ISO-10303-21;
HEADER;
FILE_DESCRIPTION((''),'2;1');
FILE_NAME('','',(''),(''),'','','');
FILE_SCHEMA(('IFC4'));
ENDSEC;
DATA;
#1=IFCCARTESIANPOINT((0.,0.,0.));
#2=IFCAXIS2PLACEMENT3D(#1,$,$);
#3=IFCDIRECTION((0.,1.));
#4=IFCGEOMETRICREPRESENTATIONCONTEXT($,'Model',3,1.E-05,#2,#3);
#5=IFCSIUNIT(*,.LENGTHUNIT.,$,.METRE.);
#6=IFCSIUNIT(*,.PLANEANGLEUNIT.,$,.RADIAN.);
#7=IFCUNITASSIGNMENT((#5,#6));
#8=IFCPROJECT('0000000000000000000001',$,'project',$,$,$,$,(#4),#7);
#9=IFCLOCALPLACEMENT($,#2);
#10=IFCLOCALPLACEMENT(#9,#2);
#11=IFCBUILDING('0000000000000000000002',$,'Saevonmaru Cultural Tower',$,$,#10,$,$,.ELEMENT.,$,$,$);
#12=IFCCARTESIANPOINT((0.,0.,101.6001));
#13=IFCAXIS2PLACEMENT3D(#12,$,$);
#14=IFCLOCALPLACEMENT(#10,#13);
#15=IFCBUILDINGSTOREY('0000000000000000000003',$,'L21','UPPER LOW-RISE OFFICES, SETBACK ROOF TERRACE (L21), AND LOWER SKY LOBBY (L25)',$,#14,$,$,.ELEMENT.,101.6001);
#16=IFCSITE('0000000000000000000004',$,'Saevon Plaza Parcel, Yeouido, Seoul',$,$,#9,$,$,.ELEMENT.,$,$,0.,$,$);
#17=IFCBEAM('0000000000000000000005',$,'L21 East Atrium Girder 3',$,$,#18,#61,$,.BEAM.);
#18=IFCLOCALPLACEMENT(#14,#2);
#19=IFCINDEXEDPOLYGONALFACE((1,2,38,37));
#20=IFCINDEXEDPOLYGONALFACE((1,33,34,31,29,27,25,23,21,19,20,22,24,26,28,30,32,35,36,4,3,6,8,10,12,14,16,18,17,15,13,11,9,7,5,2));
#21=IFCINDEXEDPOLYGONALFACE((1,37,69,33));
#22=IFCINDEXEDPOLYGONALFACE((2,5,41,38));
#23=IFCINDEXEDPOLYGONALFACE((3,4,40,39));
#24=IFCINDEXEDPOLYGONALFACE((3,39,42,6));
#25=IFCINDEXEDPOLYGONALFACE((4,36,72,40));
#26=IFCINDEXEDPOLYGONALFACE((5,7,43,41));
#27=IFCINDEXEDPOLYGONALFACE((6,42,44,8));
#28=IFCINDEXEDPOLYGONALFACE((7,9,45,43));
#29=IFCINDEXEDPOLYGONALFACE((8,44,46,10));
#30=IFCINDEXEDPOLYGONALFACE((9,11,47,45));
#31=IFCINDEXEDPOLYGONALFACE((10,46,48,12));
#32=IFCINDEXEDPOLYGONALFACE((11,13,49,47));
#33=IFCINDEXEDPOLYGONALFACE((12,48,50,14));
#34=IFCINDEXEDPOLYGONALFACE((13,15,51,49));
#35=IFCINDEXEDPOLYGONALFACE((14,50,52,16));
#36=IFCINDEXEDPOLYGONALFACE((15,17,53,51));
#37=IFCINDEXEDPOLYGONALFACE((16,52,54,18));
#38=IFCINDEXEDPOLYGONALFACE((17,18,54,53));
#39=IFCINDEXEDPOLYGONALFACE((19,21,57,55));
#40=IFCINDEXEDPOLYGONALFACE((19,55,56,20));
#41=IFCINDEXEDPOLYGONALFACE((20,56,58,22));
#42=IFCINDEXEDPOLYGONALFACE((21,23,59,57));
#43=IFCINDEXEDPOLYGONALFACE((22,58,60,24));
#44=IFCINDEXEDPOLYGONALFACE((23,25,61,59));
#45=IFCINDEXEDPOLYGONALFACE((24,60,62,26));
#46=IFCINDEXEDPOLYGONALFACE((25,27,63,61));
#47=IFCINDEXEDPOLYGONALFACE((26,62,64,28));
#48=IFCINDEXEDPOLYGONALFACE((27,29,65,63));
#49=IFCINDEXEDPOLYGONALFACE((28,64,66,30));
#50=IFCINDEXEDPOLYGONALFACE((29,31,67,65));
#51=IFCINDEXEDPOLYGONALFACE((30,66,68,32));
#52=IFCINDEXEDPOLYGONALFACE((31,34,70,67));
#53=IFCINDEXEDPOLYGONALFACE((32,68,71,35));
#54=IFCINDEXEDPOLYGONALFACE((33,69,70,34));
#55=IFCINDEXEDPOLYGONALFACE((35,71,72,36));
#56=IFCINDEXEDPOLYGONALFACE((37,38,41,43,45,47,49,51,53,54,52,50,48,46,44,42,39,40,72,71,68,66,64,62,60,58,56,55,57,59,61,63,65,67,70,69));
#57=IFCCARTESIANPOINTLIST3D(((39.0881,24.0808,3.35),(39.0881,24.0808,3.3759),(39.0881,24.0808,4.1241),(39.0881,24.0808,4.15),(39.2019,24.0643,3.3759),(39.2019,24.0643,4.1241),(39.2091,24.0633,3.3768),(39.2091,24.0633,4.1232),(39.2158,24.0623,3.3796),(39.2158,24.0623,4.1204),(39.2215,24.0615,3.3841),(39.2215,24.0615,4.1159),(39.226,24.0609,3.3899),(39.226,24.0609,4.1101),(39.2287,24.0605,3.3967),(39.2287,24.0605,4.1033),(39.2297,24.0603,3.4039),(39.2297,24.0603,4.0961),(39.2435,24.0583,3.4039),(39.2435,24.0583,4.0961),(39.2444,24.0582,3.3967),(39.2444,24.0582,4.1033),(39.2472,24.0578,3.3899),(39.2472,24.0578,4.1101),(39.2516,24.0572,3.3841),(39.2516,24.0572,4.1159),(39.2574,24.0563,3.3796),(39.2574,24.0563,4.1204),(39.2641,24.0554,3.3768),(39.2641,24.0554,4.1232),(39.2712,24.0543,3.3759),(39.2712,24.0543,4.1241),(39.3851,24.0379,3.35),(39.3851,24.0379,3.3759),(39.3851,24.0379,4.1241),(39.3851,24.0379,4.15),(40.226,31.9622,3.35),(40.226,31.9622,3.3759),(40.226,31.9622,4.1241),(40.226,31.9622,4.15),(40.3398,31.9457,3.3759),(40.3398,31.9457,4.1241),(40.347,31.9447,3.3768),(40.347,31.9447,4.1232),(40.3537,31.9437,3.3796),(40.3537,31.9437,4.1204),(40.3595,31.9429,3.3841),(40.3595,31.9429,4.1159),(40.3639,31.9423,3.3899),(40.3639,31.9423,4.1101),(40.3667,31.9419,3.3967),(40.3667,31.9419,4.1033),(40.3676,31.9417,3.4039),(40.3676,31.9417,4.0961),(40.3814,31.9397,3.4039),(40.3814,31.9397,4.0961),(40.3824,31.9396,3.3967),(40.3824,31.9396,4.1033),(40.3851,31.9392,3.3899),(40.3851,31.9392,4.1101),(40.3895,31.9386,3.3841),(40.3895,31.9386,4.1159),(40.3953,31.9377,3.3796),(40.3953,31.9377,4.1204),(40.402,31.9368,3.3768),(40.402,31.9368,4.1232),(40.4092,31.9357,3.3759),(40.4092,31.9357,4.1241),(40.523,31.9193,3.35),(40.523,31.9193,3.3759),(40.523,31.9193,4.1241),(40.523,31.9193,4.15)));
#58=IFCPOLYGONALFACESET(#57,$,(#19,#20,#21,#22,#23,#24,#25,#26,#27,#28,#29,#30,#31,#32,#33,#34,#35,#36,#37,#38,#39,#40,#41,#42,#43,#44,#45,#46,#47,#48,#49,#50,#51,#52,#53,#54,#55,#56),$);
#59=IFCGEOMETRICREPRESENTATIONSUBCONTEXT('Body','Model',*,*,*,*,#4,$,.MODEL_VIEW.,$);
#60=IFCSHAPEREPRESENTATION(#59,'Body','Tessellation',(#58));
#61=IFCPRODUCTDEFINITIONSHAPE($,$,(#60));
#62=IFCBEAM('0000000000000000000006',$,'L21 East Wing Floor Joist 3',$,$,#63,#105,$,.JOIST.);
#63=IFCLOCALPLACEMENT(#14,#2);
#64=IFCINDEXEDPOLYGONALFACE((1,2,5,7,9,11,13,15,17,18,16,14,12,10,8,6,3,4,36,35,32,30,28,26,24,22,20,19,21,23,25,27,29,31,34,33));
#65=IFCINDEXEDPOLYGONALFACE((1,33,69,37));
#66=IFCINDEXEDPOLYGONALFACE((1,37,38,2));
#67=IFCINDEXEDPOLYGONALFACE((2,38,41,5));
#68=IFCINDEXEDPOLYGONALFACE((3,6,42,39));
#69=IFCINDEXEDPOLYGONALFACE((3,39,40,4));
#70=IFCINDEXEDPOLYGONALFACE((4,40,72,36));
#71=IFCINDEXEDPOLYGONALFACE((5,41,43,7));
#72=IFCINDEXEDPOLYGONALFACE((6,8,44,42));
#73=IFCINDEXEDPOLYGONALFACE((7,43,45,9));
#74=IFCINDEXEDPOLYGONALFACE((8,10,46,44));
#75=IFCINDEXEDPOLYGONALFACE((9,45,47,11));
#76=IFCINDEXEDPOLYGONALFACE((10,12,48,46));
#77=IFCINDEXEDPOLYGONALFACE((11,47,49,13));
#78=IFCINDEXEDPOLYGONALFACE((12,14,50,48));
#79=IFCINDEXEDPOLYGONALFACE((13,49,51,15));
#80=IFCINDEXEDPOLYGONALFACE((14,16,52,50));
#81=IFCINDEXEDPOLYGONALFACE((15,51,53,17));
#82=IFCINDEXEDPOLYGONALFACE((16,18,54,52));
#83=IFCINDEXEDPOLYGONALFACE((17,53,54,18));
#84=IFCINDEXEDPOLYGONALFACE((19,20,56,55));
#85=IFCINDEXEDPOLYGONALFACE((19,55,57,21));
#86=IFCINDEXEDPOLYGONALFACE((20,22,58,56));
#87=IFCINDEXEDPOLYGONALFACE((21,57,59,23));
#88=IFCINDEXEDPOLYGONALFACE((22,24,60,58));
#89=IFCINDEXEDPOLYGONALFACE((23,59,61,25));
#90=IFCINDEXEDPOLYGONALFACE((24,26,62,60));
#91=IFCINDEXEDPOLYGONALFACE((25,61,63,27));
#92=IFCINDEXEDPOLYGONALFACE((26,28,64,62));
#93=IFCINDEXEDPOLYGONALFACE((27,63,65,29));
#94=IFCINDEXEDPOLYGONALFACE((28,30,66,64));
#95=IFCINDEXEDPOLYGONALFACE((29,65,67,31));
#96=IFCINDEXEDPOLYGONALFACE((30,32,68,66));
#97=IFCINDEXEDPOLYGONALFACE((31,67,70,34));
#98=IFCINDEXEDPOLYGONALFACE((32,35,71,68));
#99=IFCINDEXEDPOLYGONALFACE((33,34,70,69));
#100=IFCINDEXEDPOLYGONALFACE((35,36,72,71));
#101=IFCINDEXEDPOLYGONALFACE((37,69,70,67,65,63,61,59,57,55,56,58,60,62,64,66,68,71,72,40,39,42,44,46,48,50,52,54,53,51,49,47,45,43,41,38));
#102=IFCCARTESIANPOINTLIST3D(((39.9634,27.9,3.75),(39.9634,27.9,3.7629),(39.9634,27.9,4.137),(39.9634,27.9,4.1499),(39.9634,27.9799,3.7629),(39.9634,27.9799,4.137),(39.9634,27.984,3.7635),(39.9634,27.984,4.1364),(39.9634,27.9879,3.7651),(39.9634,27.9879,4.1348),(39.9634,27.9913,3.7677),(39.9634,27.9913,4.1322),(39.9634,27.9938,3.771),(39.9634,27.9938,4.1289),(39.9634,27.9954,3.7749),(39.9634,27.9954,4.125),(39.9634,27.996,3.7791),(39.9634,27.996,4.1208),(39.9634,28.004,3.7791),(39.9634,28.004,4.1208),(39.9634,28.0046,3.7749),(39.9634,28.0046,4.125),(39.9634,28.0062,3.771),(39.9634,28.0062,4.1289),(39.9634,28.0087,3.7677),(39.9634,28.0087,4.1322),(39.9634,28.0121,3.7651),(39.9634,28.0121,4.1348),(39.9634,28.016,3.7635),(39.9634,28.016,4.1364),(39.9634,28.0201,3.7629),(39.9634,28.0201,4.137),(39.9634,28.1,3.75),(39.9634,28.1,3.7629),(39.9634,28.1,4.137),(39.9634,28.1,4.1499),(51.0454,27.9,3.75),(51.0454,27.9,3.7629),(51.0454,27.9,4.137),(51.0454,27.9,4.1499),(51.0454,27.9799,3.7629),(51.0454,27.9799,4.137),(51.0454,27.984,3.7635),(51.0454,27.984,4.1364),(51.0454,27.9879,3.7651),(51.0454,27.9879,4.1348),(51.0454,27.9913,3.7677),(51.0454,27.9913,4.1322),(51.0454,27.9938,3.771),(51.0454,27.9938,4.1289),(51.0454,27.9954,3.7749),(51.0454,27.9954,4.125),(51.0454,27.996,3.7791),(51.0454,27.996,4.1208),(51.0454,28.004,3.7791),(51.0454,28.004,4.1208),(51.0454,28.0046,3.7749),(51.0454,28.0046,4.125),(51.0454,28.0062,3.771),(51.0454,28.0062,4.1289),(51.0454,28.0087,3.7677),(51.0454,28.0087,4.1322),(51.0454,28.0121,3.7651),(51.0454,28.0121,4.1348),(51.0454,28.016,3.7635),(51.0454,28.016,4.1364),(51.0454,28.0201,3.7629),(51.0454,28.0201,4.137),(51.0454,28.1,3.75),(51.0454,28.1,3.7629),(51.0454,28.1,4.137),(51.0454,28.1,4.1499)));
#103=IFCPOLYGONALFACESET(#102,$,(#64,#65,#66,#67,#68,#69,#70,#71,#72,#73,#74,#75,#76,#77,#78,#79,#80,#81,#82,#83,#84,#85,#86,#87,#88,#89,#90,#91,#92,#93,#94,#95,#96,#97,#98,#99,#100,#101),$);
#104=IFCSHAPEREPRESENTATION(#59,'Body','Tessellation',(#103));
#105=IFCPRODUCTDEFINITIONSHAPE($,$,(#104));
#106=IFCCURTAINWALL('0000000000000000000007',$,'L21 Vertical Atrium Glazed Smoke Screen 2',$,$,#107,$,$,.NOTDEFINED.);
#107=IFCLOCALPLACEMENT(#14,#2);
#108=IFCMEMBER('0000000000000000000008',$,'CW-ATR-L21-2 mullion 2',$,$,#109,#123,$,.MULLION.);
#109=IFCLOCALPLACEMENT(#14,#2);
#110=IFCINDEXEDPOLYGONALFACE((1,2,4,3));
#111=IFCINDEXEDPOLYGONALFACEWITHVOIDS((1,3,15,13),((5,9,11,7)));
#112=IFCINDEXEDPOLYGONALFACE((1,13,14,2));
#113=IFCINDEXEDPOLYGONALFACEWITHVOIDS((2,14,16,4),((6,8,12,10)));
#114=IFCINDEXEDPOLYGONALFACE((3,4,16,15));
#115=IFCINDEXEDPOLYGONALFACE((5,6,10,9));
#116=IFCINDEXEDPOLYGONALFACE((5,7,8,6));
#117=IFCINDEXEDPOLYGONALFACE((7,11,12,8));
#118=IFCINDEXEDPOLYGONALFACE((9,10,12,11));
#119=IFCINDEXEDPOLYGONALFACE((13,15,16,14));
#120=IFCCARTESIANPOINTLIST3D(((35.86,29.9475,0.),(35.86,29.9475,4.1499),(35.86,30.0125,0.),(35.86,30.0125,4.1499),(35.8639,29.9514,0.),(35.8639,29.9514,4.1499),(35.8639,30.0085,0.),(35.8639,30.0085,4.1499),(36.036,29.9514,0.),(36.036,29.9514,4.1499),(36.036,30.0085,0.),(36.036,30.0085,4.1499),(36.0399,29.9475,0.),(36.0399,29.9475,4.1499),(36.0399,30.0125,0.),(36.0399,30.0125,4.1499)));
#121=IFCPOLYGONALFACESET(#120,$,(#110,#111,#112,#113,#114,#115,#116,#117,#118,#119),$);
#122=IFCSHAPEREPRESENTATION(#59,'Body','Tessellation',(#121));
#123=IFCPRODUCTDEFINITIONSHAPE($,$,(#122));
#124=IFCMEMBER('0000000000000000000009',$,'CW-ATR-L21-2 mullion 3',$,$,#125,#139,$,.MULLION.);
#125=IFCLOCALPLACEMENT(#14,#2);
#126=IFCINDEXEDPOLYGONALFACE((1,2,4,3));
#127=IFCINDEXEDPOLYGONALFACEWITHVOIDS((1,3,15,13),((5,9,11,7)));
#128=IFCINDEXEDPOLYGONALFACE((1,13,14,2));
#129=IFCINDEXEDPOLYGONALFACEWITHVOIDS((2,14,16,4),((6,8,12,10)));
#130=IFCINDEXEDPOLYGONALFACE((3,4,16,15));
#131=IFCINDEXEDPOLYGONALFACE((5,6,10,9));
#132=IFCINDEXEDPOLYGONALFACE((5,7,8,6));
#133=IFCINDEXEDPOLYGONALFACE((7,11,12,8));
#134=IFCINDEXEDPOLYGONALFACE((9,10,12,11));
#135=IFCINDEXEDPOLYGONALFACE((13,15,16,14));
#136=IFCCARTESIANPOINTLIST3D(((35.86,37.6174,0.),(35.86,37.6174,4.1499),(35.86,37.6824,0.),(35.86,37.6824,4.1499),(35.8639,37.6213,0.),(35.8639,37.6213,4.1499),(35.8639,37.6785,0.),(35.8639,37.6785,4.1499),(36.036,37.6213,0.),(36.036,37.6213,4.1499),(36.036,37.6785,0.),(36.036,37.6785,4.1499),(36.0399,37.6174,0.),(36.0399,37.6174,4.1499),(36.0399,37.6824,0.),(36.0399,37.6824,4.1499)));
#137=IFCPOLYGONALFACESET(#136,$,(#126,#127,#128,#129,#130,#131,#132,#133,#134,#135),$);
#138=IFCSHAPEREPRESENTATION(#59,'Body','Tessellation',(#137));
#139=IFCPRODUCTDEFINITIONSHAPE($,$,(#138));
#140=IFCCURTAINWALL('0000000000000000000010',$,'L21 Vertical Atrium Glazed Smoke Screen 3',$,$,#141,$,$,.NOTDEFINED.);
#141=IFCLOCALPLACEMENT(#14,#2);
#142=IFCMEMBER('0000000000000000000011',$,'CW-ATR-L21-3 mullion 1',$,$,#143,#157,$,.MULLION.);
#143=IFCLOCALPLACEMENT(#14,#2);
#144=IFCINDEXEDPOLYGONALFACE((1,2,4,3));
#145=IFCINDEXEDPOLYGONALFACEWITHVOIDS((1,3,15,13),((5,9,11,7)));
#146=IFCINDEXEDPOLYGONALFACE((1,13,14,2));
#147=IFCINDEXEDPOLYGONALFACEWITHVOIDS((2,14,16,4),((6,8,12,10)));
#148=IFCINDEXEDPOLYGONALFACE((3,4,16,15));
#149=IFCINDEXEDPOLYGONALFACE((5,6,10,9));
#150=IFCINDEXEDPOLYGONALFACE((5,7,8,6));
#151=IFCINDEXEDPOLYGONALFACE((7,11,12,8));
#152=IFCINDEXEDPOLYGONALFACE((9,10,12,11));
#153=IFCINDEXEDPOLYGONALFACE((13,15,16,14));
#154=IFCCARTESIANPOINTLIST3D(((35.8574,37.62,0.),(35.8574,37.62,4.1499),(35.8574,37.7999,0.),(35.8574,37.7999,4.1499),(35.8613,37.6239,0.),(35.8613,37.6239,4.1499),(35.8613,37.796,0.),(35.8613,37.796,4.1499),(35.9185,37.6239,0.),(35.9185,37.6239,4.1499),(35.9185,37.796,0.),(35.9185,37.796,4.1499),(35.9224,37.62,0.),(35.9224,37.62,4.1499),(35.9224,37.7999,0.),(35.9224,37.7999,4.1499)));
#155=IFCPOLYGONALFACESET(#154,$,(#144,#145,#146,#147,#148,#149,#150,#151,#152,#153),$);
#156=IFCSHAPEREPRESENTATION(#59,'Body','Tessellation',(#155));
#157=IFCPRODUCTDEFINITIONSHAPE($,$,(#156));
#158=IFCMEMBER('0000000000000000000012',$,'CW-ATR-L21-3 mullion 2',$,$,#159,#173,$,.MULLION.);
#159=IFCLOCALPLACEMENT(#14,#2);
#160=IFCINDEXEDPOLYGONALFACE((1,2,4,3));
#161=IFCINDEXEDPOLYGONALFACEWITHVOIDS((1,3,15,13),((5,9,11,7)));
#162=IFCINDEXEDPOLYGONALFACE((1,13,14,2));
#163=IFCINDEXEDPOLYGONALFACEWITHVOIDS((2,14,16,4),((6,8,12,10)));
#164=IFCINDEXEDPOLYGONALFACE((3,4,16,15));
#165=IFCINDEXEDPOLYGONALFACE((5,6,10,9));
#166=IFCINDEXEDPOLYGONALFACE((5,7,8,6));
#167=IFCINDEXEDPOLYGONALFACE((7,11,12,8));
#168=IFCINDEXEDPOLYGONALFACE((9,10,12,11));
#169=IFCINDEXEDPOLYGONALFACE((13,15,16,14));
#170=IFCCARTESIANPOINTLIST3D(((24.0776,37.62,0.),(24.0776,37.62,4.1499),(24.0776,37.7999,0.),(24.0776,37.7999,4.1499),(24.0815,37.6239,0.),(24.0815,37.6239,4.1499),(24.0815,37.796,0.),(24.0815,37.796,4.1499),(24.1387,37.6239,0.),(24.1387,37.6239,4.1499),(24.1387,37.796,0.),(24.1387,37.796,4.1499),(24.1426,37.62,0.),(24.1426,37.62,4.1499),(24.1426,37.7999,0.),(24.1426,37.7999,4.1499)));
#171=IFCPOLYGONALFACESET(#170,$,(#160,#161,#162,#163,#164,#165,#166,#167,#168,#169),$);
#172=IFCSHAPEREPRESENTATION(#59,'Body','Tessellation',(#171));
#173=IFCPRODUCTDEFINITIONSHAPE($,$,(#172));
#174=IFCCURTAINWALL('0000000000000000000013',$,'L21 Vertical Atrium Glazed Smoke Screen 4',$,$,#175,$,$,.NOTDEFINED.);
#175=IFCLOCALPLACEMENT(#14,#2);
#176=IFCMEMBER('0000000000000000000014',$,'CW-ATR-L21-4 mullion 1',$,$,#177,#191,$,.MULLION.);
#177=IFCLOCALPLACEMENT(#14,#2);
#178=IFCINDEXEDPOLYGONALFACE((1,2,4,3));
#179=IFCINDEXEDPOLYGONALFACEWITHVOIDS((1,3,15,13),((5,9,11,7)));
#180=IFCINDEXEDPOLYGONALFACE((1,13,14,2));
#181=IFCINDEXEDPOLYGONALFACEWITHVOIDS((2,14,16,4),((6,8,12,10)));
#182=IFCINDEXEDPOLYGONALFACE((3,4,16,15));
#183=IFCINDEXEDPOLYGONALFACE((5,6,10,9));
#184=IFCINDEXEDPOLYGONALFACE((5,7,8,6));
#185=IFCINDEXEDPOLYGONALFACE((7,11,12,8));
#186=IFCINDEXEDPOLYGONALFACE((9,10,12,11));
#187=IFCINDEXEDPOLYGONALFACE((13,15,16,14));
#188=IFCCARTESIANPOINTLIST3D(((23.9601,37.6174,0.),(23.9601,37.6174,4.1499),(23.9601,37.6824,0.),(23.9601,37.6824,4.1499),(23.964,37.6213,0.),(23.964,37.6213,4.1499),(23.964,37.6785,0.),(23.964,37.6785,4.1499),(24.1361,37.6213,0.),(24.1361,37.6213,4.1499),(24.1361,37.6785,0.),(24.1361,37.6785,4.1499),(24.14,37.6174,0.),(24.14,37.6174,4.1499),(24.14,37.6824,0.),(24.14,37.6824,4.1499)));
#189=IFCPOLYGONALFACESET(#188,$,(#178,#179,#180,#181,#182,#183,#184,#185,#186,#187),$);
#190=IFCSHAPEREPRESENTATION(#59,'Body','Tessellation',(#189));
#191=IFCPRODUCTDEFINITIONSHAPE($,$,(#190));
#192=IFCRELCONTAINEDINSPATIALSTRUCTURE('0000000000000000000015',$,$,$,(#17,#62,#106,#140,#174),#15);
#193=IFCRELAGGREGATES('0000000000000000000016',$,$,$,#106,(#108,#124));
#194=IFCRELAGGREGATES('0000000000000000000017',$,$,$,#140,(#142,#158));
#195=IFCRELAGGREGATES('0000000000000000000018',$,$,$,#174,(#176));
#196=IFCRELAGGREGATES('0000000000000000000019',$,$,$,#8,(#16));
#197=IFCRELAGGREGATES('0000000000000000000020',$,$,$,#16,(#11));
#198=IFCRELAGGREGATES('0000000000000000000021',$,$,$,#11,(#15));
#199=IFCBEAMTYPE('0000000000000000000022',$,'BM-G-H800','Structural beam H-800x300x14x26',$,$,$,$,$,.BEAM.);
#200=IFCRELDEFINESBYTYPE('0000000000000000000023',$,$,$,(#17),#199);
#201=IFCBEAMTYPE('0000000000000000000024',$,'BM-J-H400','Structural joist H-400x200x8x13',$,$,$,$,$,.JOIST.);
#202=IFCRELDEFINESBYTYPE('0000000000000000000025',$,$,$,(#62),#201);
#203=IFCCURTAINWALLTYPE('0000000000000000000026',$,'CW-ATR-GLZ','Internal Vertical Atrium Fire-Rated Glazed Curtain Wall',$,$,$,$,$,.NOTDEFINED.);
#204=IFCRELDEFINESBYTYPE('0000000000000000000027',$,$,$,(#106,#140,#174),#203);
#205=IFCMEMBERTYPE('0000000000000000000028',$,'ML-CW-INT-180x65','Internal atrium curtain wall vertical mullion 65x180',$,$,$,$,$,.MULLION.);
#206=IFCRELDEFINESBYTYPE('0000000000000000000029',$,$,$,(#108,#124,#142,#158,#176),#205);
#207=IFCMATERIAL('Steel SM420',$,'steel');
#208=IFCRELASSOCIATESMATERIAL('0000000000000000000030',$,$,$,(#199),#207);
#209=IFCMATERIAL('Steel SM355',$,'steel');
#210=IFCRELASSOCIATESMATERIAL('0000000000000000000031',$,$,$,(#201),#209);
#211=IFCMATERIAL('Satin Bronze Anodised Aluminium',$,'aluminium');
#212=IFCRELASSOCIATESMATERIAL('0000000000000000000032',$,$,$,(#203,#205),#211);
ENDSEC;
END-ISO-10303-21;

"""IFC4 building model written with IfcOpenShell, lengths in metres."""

from ifc_helpers import new_model, si_unit, direction, frame, origin, origin_2d, place, context, subcontext, project, spatial, hollow_rectangle, i_section, extrude, material, material_profile, profile_set, type_object, element, aggregate, save


model = new_model("IFC4")

# Units and contexts
model_context = context("Model", 3, precision=1e-05, world=origin(), true_north=direction((0.0, 1.0)))
body_context = subcontext(model_context, "Body", "Model", "MODEL_VIEW")
ifc_project = project(units=[si_unit("LENGTHUNIT", "METRE"), si_unit("PLANEANGLEUNIT", "RADIAN")], contexts=[model_context])

# Site, building, storey
site_placement = place(None, origin())
site = spatial("IfcSite", under=ifc_project, at=site_placement, Name="Saevon Plaza Parcel, Yeouido, Seoul", CompositionType="ELEMENT", RefElevation=0.0)
building_placement = place(site_placement, origin())
building = spatial("IfcBuilding", under=site, at=building_placement, Name="Saevonmaru Cultural Tower", CompositionType="ELEMENT")
storey_placement = place(building_placement, frame((0.0, 0.0, 101.6001)))
storey = spatial("IfcBuildingStorey", under=building, at=storey_placement, Name="L21", Description="UPPER LOW-RISE OFFICES, SETBACK ROOF TERRACE (L21), AND LOWER SKY LOBBY (L25)", CompositionType="ELEMENT", Elevation=101.6001)

# Beams
ifc_material_1 = material(Name="Steel SM420", Category="steel")
ifc_material_profile_1 = material_profile(ifc_material_1, i_section(OverallWidth=0.3, OverallDepth=0.8, WebThickness=0.0139, FlangeThickness=0.0259, FilletRadius=0.0281, at=origin_2d()), Name="H-800x300x14x26")
ifc_profile_set_1 = profile_set([ifc_material_profile_1], Name="Steel SM420")
beam_type_1 = type_object("IfcBeamType", Name="BM-G-H800", Description="Structural beam H-800x300x14x26", PredefinedType="BEAM", material=ifc_profile_set_1)
beam_1_placement = place(storey_placement, frame((39.2366, 24.0593, 3.75), z_axis=(0.142902, 0.989737, 0.0), x_axis=(-0.989737, 0.142902, 0.0)))
element("IfcBeam", 1, at=beam_1_placement, inside=storey, type_object=beam_type_1, Name="L21 East Atrium Girder 3", PredefinedType="BEAM", context=body_context, shape_type="SweptSolid", body=[
    extrude(i_section(OverallWidth=0.3, OverallDepth=0.8, WebThickness=0.0139, FlangeThickness=0.0259, FilletRadius=0.0281, at=origin_2d()), origin(), (0.0, 0.0, 1.0), 7.9631),
])
ifc_material_2 = material(Name="Steel SM355", Category="steel")
ifc_material_profile_2 = material_profile(ifc_material_2, i_section(OverallWidth=0.2, OverallDepth=0.3999, WebThickness=0.0081, FlangeThickness=0.0129, FilletRadius=0.0161, at=origin_2d()), Name="H-400x200x8x13")
ifc_profile_set_2 = profile_set([ifc_material_profile_2], Name="Steel SM355")
beam_type_2 = type_object("IfcBeamType", Name="BM-J-H400", Description="Structural joist H-400x200x8x13", PredefinedType="JOIST", material=ifc_profile_set_2)
beam_2_placement = place(storey_placement, frame((39.9634, 28.0, 3.95), z_axis=(1.0, 0.0, 0.0), x_axis=(0.0, 1.0, 0.0)))
element("IfcBeam", 2, at=beam_2_placement, inside=storey, type_object=beam_type_2, Name="L21 East Wing Floor Joist 3", PredefinedType="JOIST", context=body_context, shape_type="SweptSolid", body=[
    extrude(i_section(OverallWidth=0.2, OverallDepth=0.3999, WebThickness=0.0081, FlangeThickness=0.0129, FilletRadius=0.0161, at=origin_2d()), origin(), (0.0, 0.0, 1.0), 11.082),
])

# Curtain walls, members
ifc_material_3 = material(Name="Satin Bronze Anodised Aluminium", Category="aluminium")
curtain_wall_type = type_object("IfcCurtainWallType", Name="CW-ATR-GLZ", Description="Internal Vertical Atrium Fire-Rated Glazed Curtain Wall", PredefinedType="NOTDEFINED", material=ifc_material_3)
curtain_wall_1_placement = place(storey_placement, origin())
curtain_wall_1 = element("IfcCurtainWall", 3, at=curtain_wall_1_placement, inside=storey, type_object=curtain_wall_type, Name="L21 Vertical Atrium Glazed Smoke Screen 2", PredefinedType="NOTDEFINED")
ifc_material_profile_3 = material_profile(ifc_material_3, hollow_rectangle(XDim=0.0649, YDim=0.1799, WallThickness=0.0039, at=origin_2d()), Name="ALU-MULL-180x65x4")
ifc_profile_set_3 = profile_set([ifc_material_profile_3], Name="Satin Bronze Anodised Aluminium")
member_type_1 = type_object("IfcMemberType", Name="ML-CW-INT-180x65", Description="Internal atrium curtain wall vertical mullion 65x180", PredefinedType="MULLION", material=ifc_profile_set_3)
member_1_placement = place(storey_placement, frame((35.95, 29.98, 0.0), z_axis=(0.0, 0.0, 1.0), x_axis=(0.0, 1.0, 0.0)))
member_1 = element("IfcMember", 4, at=member_1_placement, type_object=member_type_1, Name="CW-ATR-L21-2 mullion 2", PredefinedType="MULLION", context=body_context, shape_type="SweptSolid", body=[
    extrude(hollow_rectangle(XDim=0.0649, YDim=0.1799, WallThickness=0.0039, at=origin_2d()), origin(), (0.0, 0.0, 1.0), 4.1499),
])
member_2_placement = place(storey_placement, frame((35.95, 37.6499, 0.0), z_axis=(0.0, 0.0, 1.0), x_axis=(0.0, 1.0, 0.0)))
member_2 = element("IfcMember", 5, at=member_2_placement, type_object=member_type_1, Name="CW-ATR-L21-2 mullion 3", PredefinedType="MULLION", context=body_context, shape_type="SweptSolid", body=[
    extrude(hollow_rectangle(XDim=0.0649, YDim=0.1799, WallThickness=0.0039, at=origin_2d()), origin(), (0.0, 0.0, 1.0), 4.1499),
])
curtain_wall_2_placement = place(storey_placement, origin())
curtain_wall_2 = element("IfcCurtainWall", 6, at=curtain_wall_2_placement, inside=storey, type_object=curtain_wall_type, Name="L21 Vertical Atrium Glazed Smoke Screen 3", PredefinedType="NOTDEFINED")
member_3_placement = place(storey_placement, frame((35.8899, 37.71, 0.0), z_axis=(0.0, 0.0, 1.0), x_axis=(-1.0, 0.0, 0.0)))
member_3 = element("IfcMember", 7, at=member_3_placement, type_object=member_type_1, Name="CW-ATR-L21-3 mullion 1", PredefinedType="MULLION", context=body_context, shape_type="SweptSolid", body=[
    extrude(hollow_rectangle(XDim=0.0649, YDim=0.1799, WallThickness=0.0039, at=origin_2d()), origin(), (0.0, 0.0, 1.0), 4.1499),
])
member_4_placement = place(storey_placement, frame((24.1101, 37.71, 0.0), z_axis=(0.0, 0.0, 1.0), x_axis=(-1.0, 0.0, 0.0)))
member_4 = element("IfcMember", 8, at=member_4_placement, type_object=member_type_1, Name="CW-ATR-L21-3 mullion 2", PredefinedType="MULLION", context=body_context, shape_type="SweptSolid", body=[
    extrude(hollow_rectangle(XDim=0.0649, YDim=0.1799, WallThickness=0.0039, at=origin_2d()), origin(), (0.0, 0.0, 1.0), 4.1499),
])
curtain_wall_3_placement = place(storey_placement, origin())
curtain_wall_3 = element("IfcCurtainWall", 9, at=curtain_wall_3_placement, inside=storey, type_object=curtain_wall_type, Name="L21 Vertical Atrium Glazed Smoke Screen 4", PredefinedType="NOTDEFINED")
member_5_placement = place(storey_placement, frame((24.05, 37.6499, 0.0), z_axis=(0.0, 0.0, 1.0), x_axis=(0.0, -1.0, 0.0)))
member_5 = element("IfcMember", 10, at=member_5_placement, type_object=member_type_1, Name="CW-ATR-L21-4 mullion 1", PredefinedType="MULLION", context=body_context, shape_type="SweptSolid", body=[
    extrude(hollow_rectangle(XDim=0.0649, YDim=0.1799, WallThickness=0.0039, at=origin_2d()), origin(), (0.0, 0.0, 1.0), 4.1499),
])

aggregate(curtain_wall_1, [member_1, member_2])
aggregate(curtain_wall_2, [member_3, member_4])
aggregate(curtain_wall_3, [member_5])

save(model, "model.ifc")
